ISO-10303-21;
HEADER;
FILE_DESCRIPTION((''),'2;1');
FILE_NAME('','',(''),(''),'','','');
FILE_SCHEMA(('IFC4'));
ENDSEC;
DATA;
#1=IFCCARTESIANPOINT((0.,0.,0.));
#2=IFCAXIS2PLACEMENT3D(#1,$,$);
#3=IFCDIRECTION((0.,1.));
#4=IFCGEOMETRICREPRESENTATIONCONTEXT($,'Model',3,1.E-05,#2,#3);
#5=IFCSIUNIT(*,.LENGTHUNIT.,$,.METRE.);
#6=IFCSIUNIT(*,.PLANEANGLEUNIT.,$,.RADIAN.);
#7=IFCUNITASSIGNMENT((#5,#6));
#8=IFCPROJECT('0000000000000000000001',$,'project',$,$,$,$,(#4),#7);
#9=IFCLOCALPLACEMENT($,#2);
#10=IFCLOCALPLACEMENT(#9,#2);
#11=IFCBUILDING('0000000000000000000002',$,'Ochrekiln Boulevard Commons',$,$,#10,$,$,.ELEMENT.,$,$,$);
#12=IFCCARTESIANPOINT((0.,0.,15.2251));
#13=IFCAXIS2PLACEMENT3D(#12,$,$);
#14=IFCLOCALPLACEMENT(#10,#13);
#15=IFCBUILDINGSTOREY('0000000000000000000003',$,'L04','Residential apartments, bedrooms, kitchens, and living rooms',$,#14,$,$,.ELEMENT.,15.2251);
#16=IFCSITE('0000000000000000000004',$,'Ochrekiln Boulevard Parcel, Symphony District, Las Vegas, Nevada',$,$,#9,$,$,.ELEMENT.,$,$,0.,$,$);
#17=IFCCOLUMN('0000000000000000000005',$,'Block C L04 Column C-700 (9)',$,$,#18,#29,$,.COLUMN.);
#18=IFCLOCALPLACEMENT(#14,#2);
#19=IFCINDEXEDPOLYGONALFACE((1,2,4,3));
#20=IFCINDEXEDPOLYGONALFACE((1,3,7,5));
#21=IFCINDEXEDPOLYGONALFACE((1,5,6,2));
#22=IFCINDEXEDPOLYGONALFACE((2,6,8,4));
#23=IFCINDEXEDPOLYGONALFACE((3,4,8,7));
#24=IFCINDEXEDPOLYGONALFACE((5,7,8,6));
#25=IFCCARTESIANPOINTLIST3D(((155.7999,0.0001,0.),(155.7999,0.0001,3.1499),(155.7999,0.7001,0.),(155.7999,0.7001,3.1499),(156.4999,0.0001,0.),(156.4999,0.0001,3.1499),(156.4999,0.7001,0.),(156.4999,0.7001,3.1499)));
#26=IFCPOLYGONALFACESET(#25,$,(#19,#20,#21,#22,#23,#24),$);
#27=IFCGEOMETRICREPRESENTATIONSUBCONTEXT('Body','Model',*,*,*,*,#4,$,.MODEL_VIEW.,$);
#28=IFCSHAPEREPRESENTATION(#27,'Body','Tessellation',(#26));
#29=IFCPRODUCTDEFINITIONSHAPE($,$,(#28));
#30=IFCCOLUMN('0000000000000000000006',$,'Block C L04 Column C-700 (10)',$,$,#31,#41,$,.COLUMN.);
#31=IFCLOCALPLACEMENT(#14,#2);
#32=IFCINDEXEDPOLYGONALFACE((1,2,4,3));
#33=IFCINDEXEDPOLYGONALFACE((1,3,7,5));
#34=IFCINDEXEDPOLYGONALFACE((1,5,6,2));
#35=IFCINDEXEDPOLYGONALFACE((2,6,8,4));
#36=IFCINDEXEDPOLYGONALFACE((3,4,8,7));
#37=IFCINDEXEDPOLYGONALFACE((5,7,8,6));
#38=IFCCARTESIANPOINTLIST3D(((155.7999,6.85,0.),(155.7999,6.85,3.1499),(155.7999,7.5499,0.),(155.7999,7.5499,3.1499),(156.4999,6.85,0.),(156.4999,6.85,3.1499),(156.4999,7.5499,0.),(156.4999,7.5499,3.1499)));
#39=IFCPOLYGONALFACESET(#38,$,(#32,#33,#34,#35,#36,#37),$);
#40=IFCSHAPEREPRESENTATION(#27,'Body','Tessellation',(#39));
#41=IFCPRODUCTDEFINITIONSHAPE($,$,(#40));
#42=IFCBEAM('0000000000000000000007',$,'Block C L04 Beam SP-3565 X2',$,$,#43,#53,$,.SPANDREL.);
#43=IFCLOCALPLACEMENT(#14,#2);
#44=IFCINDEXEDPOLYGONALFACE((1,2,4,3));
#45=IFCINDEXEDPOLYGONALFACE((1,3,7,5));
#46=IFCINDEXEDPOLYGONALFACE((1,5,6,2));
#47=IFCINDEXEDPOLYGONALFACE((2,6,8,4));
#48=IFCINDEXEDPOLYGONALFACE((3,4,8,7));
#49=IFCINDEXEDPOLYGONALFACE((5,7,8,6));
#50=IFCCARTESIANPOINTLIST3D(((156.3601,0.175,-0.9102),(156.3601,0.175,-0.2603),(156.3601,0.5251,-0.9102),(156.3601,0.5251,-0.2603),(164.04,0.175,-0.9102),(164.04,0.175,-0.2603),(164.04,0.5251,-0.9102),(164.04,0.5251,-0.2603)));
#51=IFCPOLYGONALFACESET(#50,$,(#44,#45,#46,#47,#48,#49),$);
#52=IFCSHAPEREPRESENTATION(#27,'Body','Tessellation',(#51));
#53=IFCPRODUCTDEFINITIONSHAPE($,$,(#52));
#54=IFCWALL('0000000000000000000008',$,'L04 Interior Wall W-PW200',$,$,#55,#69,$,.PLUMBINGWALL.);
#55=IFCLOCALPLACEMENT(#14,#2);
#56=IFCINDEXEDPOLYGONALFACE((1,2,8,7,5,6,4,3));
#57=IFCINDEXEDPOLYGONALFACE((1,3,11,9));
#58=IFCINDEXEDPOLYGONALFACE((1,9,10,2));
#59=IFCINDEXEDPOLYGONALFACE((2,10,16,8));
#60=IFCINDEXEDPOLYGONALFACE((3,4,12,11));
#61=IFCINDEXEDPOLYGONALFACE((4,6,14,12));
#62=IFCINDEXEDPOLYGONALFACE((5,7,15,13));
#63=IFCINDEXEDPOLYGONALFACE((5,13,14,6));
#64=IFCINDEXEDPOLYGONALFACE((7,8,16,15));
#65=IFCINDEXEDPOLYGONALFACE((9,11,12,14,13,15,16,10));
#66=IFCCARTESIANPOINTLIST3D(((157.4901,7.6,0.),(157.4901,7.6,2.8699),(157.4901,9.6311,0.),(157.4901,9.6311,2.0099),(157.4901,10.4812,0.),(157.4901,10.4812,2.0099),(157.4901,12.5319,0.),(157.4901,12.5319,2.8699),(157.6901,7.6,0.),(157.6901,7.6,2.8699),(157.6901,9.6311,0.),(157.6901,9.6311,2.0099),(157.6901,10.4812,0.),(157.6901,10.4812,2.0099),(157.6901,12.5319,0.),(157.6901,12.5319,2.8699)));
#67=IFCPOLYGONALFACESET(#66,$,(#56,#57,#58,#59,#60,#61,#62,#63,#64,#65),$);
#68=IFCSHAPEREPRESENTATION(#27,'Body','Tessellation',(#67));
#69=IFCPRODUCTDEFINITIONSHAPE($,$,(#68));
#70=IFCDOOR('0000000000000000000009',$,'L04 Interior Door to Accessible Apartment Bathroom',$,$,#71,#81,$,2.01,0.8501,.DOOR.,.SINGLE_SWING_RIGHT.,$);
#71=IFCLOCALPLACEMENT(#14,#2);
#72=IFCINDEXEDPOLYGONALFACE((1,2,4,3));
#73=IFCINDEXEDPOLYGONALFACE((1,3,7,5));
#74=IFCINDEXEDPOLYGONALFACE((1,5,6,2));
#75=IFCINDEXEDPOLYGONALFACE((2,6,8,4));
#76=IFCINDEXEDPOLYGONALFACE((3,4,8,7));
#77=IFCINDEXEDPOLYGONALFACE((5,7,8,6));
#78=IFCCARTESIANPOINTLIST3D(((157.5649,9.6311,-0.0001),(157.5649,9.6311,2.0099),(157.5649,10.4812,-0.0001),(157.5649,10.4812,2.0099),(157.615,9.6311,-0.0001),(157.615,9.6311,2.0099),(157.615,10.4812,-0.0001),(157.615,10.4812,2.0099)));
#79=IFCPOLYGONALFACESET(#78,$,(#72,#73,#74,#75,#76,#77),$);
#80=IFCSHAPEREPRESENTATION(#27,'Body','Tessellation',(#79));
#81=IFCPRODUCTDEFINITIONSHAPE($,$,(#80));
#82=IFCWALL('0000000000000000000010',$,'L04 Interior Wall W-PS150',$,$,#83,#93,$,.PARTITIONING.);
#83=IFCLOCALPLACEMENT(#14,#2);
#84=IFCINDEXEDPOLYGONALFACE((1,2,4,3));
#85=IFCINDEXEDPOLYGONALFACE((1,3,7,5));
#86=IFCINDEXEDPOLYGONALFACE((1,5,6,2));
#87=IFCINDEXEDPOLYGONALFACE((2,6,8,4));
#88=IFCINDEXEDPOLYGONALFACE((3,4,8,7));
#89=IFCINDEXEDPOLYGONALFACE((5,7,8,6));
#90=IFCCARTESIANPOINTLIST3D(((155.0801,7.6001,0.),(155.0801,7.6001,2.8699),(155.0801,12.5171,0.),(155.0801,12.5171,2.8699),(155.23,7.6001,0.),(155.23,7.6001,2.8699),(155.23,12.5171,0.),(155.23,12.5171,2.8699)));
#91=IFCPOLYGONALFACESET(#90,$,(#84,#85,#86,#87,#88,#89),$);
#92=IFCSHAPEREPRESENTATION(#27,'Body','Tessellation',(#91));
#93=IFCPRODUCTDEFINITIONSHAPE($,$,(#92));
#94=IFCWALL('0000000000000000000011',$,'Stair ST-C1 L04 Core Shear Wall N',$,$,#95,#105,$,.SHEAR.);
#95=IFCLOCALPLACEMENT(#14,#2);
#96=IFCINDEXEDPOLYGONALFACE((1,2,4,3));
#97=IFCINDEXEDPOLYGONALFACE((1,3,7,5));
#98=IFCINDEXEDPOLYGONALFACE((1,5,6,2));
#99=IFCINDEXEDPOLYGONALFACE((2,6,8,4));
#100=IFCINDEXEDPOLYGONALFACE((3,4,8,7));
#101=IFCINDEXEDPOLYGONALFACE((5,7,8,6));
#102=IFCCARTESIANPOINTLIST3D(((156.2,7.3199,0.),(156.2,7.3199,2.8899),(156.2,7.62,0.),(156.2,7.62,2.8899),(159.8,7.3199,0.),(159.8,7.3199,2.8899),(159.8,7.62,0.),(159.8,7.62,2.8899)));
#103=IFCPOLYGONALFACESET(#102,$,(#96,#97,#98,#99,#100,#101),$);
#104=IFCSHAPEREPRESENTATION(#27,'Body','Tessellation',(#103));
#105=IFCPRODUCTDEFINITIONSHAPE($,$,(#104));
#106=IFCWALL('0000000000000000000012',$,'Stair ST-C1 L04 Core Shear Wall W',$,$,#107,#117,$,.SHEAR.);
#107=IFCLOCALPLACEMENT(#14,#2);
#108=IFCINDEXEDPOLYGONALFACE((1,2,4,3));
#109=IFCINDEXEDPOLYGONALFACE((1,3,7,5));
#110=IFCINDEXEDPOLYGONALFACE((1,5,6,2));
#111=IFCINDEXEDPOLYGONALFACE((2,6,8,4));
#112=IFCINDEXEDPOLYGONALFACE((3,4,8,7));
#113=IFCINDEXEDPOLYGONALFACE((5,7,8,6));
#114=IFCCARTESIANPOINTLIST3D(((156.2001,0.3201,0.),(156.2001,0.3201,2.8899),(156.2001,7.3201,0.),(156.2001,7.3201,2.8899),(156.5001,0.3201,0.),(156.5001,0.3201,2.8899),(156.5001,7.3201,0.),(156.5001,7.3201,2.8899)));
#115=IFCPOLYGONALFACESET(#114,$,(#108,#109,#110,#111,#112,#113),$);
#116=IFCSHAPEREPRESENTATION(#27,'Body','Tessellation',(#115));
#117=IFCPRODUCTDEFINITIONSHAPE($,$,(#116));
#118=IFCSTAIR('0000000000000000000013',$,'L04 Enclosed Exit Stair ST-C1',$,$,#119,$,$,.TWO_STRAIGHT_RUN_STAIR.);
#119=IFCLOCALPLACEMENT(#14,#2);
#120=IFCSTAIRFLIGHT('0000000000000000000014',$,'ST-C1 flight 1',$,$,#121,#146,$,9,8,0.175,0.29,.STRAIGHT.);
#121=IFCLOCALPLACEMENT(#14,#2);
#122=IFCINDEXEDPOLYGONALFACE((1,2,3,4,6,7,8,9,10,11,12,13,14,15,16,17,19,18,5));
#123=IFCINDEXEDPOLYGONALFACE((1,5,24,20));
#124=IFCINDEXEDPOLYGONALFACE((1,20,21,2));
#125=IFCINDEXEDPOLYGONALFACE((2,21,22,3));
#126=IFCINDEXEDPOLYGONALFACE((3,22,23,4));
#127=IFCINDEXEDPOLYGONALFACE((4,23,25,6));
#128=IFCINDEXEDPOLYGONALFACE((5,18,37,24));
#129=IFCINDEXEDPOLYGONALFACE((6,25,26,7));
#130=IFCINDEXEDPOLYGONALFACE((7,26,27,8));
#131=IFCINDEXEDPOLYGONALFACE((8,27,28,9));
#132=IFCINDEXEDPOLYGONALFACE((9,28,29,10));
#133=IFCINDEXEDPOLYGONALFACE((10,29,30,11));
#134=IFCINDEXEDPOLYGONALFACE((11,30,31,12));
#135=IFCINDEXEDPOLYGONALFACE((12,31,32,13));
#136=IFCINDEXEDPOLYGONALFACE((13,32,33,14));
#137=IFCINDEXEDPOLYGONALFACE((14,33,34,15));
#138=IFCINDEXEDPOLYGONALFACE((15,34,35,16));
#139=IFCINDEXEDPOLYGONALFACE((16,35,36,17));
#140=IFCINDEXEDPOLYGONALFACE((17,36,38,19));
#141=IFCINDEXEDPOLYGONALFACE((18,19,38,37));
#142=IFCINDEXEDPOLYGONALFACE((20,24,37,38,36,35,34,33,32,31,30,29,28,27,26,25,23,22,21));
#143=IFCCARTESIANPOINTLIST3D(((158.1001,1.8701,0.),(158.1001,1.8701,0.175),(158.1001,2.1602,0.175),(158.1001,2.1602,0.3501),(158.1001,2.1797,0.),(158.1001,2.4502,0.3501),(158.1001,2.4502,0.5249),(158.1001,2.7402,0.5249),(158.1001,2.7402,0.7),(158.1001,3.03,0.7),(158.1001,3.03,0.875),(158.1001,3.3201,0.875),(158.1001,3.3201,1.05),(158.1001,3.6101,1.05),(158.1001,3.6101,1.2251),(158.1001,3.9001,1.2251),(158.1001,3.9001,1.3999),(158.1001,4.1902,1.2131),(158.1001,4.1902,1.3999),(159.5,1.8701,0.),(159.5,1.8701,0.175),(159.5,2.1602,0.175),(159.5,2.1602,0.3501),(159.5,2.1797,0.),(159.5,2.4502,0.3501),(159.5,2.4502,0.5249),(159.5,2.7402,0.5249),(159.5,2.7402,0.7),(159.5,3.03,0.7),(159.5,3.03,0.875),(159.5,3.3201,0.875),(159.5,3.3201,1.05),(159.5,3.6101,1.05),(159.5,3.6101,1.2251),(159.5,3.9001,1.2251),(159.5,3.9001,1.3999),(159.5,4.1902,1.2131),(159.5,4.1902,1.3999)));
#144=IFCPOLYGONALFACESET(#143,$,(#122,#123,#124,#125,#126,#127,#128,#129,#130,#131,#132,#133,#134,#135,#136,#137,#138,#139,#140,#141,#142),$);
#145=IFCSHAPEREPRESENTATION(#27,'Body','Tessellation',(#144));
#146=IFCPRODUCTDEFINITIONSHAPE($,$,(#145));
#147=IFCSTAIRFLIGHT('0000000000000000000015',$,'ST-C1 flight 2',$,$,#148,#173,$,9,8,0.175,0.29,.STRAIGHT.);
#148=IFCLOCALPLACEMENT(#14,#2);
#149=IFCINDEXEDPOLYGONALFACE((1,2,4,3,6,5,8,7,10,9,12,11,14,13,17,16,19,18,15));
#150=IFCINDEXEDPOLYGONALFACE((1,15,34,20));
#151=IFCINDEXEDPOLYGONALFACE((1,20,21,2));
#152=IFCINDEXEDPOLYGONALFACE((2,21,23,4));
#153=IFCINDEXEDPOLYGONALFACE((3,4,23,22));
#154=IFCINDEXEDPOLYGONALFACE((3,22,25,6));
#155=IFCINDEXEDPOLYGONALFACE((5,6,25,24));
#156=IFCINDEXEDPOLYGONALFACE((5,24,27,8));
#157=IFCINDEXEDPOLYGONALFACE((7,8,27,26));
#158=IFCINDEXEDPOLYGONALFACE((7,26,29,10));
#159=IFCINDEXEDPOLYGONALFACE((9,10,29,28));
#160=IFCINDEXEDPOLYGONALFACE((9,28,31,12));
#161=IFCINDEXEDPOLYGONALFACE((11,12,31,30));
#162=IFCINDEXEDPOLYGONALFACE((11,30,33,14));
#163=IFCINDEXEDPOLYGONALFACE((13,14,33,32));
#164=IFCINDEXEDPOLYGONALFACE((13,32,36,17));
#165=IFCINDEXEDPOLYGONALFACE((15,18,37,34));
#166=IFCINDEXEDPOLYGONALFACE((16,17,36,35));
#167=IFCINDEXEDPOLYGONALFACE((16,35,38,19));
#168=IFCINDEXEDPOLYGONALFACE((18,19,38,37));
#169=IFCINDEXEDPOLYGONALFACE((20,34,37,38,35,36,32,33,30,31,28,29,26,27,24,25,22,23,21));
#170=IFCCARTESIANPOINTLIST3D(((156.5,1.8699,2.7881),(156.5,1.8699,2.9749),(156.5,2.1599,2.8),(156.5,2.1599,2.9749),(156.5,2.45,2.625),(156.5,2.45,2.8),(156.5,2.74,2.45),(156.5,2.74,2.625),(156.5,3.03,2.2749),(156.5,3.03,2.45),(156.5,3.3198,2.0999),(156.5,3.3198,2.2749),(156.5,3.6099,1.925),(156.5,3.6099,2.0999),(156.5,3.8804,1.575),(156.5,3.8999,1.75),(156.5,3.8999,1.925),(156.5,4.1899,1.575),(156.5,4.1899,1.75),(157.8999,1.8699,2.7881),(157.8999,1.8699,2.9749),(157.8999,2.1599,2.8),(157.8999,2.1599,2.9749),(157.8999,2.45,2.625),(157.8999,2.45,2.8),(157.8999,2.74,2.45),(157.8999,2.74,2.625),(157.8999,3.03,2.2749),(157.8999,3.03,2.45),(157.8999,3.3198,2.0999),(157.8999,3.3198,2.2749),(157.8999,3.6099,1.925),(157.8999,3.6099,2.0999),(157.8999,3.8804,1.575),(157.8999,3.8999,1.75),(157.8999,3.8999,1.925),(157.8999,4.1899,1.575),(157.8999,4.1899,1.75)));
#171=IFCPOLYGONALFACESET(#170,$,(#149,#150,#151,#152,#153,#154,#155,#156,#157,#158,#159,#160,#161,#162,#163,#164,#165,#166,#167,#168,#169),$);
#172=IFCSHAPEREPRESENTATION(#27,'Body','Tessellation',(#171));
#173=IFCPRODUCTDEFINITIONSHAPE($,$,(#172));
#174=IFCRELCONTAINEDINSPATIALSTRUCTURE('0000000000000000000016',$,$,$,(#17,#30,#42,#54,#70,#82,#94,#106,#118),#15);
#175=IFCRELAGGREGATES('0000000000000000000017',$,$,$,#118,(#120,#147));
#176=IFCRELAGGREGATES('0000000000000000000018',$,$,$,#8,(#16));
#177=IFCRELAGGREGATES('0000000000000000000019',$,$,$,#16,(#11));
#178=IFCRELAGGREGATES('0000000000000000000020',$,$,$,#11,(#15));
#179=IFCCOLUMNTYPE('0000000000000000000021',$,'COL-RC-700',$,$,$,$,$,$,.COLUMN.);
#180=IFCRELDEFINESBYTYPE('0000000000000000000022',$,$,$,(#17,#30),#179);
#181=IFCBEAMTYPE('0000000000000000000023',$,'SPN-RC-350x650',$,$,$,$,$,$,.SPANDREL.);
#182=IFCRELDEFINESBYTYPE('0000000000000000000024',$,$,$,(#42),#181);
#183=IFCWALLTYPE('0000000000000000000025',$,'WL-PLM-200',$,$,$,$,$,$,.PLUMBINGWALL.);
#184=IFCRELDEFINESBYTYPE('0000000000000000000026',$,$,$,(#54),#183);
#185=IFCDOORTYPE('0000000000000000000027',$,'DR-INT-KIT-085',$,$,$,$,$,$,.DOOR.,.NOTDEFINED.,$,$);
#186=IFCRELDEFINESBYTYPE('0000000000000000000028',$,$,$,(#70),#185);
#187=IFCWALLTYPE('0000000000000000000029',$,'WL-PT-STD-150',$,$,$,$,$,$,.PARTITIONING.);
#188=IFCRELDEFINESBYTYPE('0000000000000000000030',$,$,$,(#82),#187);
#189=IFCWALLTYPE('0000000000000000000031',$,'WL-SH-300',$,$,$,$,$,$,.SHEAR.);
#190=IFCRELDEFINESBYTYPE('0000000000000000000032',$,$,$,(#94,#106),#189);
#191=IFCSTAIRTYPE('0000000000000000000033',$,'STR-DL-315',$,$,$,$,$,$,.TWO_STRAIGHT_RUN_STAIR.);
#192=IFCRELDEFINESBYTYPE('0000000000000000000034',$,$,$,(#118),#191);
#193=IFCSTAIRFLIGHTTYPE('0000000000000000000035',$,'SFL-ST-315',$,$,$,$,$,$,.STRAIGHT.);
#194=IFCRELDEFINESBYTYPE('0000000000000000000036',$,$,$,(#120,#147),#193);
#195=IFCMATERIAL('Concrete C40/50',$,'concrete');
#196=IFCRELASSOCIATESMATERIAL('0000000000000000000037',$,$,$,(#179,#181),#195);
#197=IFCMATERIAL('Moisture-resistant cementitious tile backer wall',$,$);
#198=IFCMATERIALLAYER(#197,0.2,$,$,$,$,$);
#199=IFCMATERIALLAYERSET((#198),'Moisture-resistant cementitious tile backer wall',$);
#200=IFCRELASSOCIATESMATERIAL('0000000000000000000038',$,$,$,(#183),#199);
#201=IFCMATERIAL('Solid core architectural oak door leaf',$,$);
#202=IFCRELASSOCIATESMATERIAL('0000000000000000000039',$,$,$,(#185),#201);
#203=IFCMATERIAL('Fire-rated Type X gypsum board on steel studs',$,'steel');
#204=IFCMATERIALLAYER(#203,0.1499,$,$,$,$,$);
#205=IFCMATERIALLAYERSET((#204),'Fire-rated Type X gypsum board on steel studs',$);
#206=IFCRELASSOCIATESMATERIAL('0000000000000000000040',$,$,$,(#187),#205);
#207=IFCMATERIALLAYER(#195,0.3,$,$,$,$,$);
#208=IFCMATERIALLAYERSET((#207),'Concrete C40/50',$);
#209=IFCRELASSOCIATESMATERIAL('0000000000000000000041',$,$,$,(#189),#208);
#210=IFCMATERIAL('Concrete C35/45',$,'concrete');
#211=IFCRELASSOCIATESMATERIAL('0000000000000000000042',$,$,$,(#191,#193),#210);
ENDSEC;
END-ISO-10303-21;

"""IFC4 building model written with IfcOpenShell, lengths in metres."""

from ifc_helpers import new_model, si_unit, direction, frame, frame_2d, origin, origin_2d, place, context, subcontext, project, spatial, polyline, rectangle, outline, extrude, material, layer, layer_set, material_profile, profile_set, type_object, element, fill, aggregate, save


model = new_model("IFC4")

# Units and contexts
model_context = context("Model", 3, precision=1e-05, world=origin(), true_north=direction((0.0, 1.0)))
body_context = subcontext(model_context, "Body", "Model", "MODEL_VIEW")
ifc_project = project(units=[si_unit("LENGTHUNIT", "METRE"), si_unit("PLANEANGLEUNIT", "RADIAN")], contexts=[model_context])

# Site, building, storey
site_placement = place(None, origin())
site = spatial("IfcSite", under=ifc_project, at=site_placement, Name="Ochrekiln Boulevard Parcel, Symphony District, Las Vegas, Nevada", CompositionType="ELEMENT", RefElevation=0.0)
building_placement = place(site_placement, origin())
building = spatial("IfcBuilding", under=site, at=building_placement, Name="Ochrekiln Boulevard Commons", CompositionType="ELEMENT")
storey_placement = place(building_placement, frame((0.0, 0.0, 15.2251)))
storey = spatial("IfcBuildingStorey", under=building, at=storey_placement, Name="L04", Description="Residential apartments, bedrooms, kitchens, and living rooms", CompositionType="ELEMENT", Elevation=15.2251)

# Columns
ifc_material_1 = material(Name="Concrete C40/50", Category="concrete")
ifc_material_profile_1 = material_profile(ifc_material_1, rectangle(XDim=0.7, YDim=0.7, at=origin_2d()), Name="RC-COL-700x700")
ifc_profile_set_1 = profile_set([ifc_material_profile_1], Name="Concrete C40/50")
column_type = type_object("IfcColumnType", Name="COL-RC-700", PredefinedType="COLUMN", material=ifc_profile_set_1)
for number, where, z_axis, x_axis, name in (
    (1, (156.1499, 0.3501, 0.0), (0.0, 0.0, 1.0), (1.0, 0.0, 0.0), "Block C L04 Column C-700 (9)"),
    (2, (156.1499, 7.2, 0.0), (0.0, 0.0, 1.0), (1.0, 0.0, 0.0), "Block C L04 Column C-700 (10)"),
):
    element("IfcColumn", number, at=place(storey_placement, frame(where, z_axis=z_axis, x_axis=x_axis)), inside=storey, type_object=column_type, Name=name, PredefinedType="COLUMN", context=body_context, shape_type="SweptSolid", body=[
        extrude(rectangle(XDim=0.7, YDim=0.7, at=origin_2d()), origin(), (0.0, 0.0, 1.0), 3.1499),
    ])

# Beam
ifc_material_profile_2 = material_profile(ifc_material_1, rectangle(XDim=0.3501, YDim=0.6499, at=origin_2d()), Name="RC-SPN-350x650")
ifc_profile_set_2 = profile_set([ifc_material_profile_2], Name="Concrete C40/50")
beam_type = type_object("IfcBeamType", Name="SPN-RC-350x650", PredefinedType="SPANDREL", material=ifc_profile_set_2)
beam_placement = place(storey_placement, frame((156.3601, 0.3501, -0.5852), z_axis=(1.0, 0.0, 0.0), x_axis=(0.0, 1.0, 0.0)))
element("IfcBeam", 3, at=beam_placement, inside=storey, type_object=beam_type, Name="Block C L04 Beam SP-3565 X2", PredefinedType="SPANDREL", context=body_context, shape_type="SweptSolid", body=[
    extrude(rectangle(XDim=0.3501, YDim=0.6499, at=origin_2d()), origin(), (0.0, 0.0, 1.0), 7.6799),
])

# Wall, opening, door
ifc_material_2 = material(Name="Moisture-resistant cementitious tile backer wall")
ifc_layer_1 = layer(ifc_material_2, 0.2)
ifc_layer_set_1 = layer_set([ifc_layer_1], Name="Moisture-resistant cementitious tile backer wall")
wall_type_1 = type_object("IfcWallType", Name="WL-PLM-200", PredefinedType="PLUMBINGWALL", material=ifc_layer_set_1)
wall_1_placement = place(storey_placement, frame((157.5901, 7.6001, 0.0), z_axis=(0.0, 0.0, 1.0), x_axis=(0.0, 1.0, 0.0)))
wall_1 = element("IfcWall", 4, at=wall_1_placement, inside=storey, type_object=wall_type_1, Name="L04 Interior Wall W-PW200", PredefinedType="PLUMBINGWALL", context=body_context, shape_type="SweptSolid", body=[
    extrude(rectangle(XDim=4.9319, YDim=0.2, at=frame_2d((2.4658, 0.0))), origin(), (0.0, 0.0, 1.0), 2.8699),
])
opening_placement = place(wall_1_placement, frame((2.031, 0.0, 0.0)))
opening = element("IfcOpeningElement", 5, at=opening_placement, cuts=wall_1, PredefinedType="OPENING", context=body_context, shape_type="SweptSolid", body=[
    extrude(rectangle(XDim=0.8501, YDim=2.01, at=frame_2d((0.425, 1.0049))), frame((0.0, 0.1099, 0.0), z_axis=(0.0, -1.0, 0.0), x_axis=(1.0, 0.0, 0.0)), (0.0, 0.0, 1.0), 0.22),
])
ifc_material_3 = material(Name="Solid core architectural oak door leaf")
door_type = type_object("IfcDoorType", Name="DR-INT-KIT-085", OperationType="NOTDEFINED", PredefinedType="DOOR", material=ifc_material_3)
door_placement = place(opening_placement, frame((0.8501, 0.0, 0.0), z_axis=(0.0, 0.0, 1.0), x_axis=(-1.0, 0.0, 0.0)))
door = element("IfcDoor", 6, at=door_placement, inside=storey, type_object=door_type, Name="L04 Interior Door to Accessible Apartment Bathroom", OperationType="SINGLE_SWING_RIGHT", OverallHeight=2.01, OverallWidth=0.8501, PredefinedType="DOOR", context=body_context, shape_type="SweptSolid", body=[
    extrude(rectangle(XDim=0.8501, YDim=2.01, at=frame_2d((0.425, 1.0049))), frame((0.0, 0.0249, 0.0), z_axis=(0.0, -1.0, 0.0), x_axis=(1.0, 0.0, 0.0)), (0.0, 0.0, 1.0), 0.05),
])
fill(opening, door)

# Walls
ifc_material_4 = material(Name="Fire-rated Type X gypsum board on steel studs", Category="steel")
ifc_layer_2 = layer(ifc_material_4, 0.1499)
ifc_layer_set_2 = layer_set([ifc_layer_2], Name="Fire-rated Type X gypsum board on steel studs")
wall_type_2 = type_object("IfcWallType", Name="WL-PT-STD-150", PredefinedType="PARTITIONING", material=ifc_layer_set_2)
wall_2_placement = place(storey_placement, frame((155.155, 7.6001, 0.0), z_axis=(0.0, 0.0, 1.0), x_axis=(0.0, 1.0, 0.0)))
element("IfcWall", 7, at=wall_2_placement, inside=storey, type_object=wall_type_2, Name="L04 Interior Wall W-PS150", PredefinedType="PARTITIONING", context=body_context, shape_type="SweptSolid", body=[
    extrude(rectangle(XDim=4.917, YDim=0.1499, at=frame_2d((2.4585, 0.0))), origin(), (0.0, 0.0, 1.0), 2.8699),
])
ifc_layer_3 = layer(ifc_material_1, 0.3)
ifc_layer_set_3 = layer_set([ifc_layer_3], Name="Concrete C40/50")
wall_type_3 = type_object("IfcWallType", Name="WL-SH-300", PredefinedType="SHEAR", material=ifc_layer_set_3)
wall_3_placement = place(storey_placement, frame((156.2, 7.47, 0.0), z_axis=(0.0, 0.0, 1.0), x_axis=(1.0, 0.0, 0.0)))
element("IfcWall", 8, at=wall_3_placement, inside=storey, type_object=wall_type_3, Name="Stair ST-C1 L04 Core Shear Wall N", PredefinedType="SHEAR", context=body_context, shape_type="SweptSolid", body=[
    extrude(rectangle(XDim=3.6001, YDim=0.3, at=frame_2d((1.8, 0.0))), origin(), (0.0, 0.0, 1.0), 2.8899),
])
wall_4_placement = place(storey_placement, frame((156.3501, 0.3201, 0.0), z_axis=(0.0, 0.0, 1.0), x_axis=(0.0, 1.0, 0.0)))
element("IfcWall", 9, at=wall_4_placement, inside=storey, type_object=wall_type_3, Name="Stair ST-C1 L04 Core Shear Wall W", PredefinedType="SHEAR", context=body_context, shape_type="SweptSolid", body=[
    extrude(rectangle(XDim=7.0, YDim=0.3, at=frame_2d((3.5, 0.0))), origin(), (0.0, 0.0, 1.0), 2.8899),
])

# Stair, stair flights
ifc_material_5 = material(Name="Concrete C35/45", Category="concrete")
stair_type = type_object("IfcStairType", Name="STR-DL-315", PredefinedType="TWO_STRAIGHT_RUN_STAIR", material=ifc_material_5)
stair_placement = place(storey_placement, origin())
stair = element("IfcStair", 10, at=stair_placement, inside=storey, type_object=stair_type, Name="L04 Enclosed Exit Stair ST-C1", PredefinedType="TWO_STRAIGHT_RUN_STAIR")
stair_flight_type = type_object("IfcStairFlightType", Name="SFL-ST-315", PredefinedType="STRAIGHT", material=ifc_material_5)
stair_flight_1_placement = place(storey_placement, frame((158.8, 1.8701, 0.0), z_axis=(0.0, 0.0, 1.0), x_axis=(0.0, 1.0, 0.0)))
stair_flight_1 = element("IfcStairFlight", 11, at=stair_flight_1_placement, type_object=stair_flight_type, Name="ST-C1 flight 1", NumberOfRisers=9, NumberOfTreads=8, PredefinedType="STRAIGHT", RiserHeight=0.175, TreadLength=0.29, context=body_context, shape_type="SweptSolid", body=[
    extrude(outline(polyline([(0.0, 0.0), (0.0, 0.175), (0.29, 0.175), (0.29, 0.3501), (0.5801, 0.3501), (0.5801, 0.5249), (0.8701, 0.5249), (0.8701, 0.7), (1.1599, 0.7), (1.1599, 0.875), (1.45, 0.875), (1.45, 1.05), (1.74, 1.05), (1.74, 1.2251), (2.03, 1.2251), (2.03, 1.3999), (2.3201, 1.3999), (2.3201, 1.575), (2.3201, 1.2131), (0.3096, 0.0), (0.0, 0.0)])), frame((0.0, 0.7, 0.0), z_axis=(0.0, -1.0, 0.0), x_axis=(1.0, 0.0, 0.0)), (0.0, 0.0, 1.0), 1.3999),
])
stair_flight_2_placement = place(storey_placement, frame((157.2, 4.1899, 1.575), z_axis=(0.0, 0.0, 1.0), x_axis=(0.0, -1.0, 0.0)))
stair_flight_2 = element("IfcStairFlight", 12, at=stair_flight_2_placement, type_object=stair_flight_type, Name="ST-C1 flight 2", NumberOfRisers=9, NumberOfTreads=8, PredefinedType="STRAIGHT", RiserHeight=0.175, TreadLength=0.29, context=body_context, shape_type="SweptSolid", body=[
    extrude(outline(polyline([(0.0, 0.0), (0.0, 0.175), (0.29, 0.175), (0.29, 0.3501), (0.5801, 0.3501), (0.5801, 0.5249), (0.8701, 0.5249), (0.8701, 0.7), (1.1599, 0.7), (1.1599, 0.875), (1.45, 0.875), (1.45, 1.05), (1.74, 1.05), (1.74, 1.2251), (2.03, 1.2251), (2.03, 1.3999), (2.3201, 1.3999), (2.3201, 1.575), (2.3201, 1.2131), (0.3096, 0.0), (0.0, 0.0)])), frame((0.0, 0.7, 0.0), z_axis=(0.0, -1.0, 0.0), x_axis=(1.0, 0.0, 0.0)), (0.0, 0.0, 1.0), 1.3999),
])
aggregate(stair, [stair_flight_1, stair_flight_2])

save(model, "model.ifc")
